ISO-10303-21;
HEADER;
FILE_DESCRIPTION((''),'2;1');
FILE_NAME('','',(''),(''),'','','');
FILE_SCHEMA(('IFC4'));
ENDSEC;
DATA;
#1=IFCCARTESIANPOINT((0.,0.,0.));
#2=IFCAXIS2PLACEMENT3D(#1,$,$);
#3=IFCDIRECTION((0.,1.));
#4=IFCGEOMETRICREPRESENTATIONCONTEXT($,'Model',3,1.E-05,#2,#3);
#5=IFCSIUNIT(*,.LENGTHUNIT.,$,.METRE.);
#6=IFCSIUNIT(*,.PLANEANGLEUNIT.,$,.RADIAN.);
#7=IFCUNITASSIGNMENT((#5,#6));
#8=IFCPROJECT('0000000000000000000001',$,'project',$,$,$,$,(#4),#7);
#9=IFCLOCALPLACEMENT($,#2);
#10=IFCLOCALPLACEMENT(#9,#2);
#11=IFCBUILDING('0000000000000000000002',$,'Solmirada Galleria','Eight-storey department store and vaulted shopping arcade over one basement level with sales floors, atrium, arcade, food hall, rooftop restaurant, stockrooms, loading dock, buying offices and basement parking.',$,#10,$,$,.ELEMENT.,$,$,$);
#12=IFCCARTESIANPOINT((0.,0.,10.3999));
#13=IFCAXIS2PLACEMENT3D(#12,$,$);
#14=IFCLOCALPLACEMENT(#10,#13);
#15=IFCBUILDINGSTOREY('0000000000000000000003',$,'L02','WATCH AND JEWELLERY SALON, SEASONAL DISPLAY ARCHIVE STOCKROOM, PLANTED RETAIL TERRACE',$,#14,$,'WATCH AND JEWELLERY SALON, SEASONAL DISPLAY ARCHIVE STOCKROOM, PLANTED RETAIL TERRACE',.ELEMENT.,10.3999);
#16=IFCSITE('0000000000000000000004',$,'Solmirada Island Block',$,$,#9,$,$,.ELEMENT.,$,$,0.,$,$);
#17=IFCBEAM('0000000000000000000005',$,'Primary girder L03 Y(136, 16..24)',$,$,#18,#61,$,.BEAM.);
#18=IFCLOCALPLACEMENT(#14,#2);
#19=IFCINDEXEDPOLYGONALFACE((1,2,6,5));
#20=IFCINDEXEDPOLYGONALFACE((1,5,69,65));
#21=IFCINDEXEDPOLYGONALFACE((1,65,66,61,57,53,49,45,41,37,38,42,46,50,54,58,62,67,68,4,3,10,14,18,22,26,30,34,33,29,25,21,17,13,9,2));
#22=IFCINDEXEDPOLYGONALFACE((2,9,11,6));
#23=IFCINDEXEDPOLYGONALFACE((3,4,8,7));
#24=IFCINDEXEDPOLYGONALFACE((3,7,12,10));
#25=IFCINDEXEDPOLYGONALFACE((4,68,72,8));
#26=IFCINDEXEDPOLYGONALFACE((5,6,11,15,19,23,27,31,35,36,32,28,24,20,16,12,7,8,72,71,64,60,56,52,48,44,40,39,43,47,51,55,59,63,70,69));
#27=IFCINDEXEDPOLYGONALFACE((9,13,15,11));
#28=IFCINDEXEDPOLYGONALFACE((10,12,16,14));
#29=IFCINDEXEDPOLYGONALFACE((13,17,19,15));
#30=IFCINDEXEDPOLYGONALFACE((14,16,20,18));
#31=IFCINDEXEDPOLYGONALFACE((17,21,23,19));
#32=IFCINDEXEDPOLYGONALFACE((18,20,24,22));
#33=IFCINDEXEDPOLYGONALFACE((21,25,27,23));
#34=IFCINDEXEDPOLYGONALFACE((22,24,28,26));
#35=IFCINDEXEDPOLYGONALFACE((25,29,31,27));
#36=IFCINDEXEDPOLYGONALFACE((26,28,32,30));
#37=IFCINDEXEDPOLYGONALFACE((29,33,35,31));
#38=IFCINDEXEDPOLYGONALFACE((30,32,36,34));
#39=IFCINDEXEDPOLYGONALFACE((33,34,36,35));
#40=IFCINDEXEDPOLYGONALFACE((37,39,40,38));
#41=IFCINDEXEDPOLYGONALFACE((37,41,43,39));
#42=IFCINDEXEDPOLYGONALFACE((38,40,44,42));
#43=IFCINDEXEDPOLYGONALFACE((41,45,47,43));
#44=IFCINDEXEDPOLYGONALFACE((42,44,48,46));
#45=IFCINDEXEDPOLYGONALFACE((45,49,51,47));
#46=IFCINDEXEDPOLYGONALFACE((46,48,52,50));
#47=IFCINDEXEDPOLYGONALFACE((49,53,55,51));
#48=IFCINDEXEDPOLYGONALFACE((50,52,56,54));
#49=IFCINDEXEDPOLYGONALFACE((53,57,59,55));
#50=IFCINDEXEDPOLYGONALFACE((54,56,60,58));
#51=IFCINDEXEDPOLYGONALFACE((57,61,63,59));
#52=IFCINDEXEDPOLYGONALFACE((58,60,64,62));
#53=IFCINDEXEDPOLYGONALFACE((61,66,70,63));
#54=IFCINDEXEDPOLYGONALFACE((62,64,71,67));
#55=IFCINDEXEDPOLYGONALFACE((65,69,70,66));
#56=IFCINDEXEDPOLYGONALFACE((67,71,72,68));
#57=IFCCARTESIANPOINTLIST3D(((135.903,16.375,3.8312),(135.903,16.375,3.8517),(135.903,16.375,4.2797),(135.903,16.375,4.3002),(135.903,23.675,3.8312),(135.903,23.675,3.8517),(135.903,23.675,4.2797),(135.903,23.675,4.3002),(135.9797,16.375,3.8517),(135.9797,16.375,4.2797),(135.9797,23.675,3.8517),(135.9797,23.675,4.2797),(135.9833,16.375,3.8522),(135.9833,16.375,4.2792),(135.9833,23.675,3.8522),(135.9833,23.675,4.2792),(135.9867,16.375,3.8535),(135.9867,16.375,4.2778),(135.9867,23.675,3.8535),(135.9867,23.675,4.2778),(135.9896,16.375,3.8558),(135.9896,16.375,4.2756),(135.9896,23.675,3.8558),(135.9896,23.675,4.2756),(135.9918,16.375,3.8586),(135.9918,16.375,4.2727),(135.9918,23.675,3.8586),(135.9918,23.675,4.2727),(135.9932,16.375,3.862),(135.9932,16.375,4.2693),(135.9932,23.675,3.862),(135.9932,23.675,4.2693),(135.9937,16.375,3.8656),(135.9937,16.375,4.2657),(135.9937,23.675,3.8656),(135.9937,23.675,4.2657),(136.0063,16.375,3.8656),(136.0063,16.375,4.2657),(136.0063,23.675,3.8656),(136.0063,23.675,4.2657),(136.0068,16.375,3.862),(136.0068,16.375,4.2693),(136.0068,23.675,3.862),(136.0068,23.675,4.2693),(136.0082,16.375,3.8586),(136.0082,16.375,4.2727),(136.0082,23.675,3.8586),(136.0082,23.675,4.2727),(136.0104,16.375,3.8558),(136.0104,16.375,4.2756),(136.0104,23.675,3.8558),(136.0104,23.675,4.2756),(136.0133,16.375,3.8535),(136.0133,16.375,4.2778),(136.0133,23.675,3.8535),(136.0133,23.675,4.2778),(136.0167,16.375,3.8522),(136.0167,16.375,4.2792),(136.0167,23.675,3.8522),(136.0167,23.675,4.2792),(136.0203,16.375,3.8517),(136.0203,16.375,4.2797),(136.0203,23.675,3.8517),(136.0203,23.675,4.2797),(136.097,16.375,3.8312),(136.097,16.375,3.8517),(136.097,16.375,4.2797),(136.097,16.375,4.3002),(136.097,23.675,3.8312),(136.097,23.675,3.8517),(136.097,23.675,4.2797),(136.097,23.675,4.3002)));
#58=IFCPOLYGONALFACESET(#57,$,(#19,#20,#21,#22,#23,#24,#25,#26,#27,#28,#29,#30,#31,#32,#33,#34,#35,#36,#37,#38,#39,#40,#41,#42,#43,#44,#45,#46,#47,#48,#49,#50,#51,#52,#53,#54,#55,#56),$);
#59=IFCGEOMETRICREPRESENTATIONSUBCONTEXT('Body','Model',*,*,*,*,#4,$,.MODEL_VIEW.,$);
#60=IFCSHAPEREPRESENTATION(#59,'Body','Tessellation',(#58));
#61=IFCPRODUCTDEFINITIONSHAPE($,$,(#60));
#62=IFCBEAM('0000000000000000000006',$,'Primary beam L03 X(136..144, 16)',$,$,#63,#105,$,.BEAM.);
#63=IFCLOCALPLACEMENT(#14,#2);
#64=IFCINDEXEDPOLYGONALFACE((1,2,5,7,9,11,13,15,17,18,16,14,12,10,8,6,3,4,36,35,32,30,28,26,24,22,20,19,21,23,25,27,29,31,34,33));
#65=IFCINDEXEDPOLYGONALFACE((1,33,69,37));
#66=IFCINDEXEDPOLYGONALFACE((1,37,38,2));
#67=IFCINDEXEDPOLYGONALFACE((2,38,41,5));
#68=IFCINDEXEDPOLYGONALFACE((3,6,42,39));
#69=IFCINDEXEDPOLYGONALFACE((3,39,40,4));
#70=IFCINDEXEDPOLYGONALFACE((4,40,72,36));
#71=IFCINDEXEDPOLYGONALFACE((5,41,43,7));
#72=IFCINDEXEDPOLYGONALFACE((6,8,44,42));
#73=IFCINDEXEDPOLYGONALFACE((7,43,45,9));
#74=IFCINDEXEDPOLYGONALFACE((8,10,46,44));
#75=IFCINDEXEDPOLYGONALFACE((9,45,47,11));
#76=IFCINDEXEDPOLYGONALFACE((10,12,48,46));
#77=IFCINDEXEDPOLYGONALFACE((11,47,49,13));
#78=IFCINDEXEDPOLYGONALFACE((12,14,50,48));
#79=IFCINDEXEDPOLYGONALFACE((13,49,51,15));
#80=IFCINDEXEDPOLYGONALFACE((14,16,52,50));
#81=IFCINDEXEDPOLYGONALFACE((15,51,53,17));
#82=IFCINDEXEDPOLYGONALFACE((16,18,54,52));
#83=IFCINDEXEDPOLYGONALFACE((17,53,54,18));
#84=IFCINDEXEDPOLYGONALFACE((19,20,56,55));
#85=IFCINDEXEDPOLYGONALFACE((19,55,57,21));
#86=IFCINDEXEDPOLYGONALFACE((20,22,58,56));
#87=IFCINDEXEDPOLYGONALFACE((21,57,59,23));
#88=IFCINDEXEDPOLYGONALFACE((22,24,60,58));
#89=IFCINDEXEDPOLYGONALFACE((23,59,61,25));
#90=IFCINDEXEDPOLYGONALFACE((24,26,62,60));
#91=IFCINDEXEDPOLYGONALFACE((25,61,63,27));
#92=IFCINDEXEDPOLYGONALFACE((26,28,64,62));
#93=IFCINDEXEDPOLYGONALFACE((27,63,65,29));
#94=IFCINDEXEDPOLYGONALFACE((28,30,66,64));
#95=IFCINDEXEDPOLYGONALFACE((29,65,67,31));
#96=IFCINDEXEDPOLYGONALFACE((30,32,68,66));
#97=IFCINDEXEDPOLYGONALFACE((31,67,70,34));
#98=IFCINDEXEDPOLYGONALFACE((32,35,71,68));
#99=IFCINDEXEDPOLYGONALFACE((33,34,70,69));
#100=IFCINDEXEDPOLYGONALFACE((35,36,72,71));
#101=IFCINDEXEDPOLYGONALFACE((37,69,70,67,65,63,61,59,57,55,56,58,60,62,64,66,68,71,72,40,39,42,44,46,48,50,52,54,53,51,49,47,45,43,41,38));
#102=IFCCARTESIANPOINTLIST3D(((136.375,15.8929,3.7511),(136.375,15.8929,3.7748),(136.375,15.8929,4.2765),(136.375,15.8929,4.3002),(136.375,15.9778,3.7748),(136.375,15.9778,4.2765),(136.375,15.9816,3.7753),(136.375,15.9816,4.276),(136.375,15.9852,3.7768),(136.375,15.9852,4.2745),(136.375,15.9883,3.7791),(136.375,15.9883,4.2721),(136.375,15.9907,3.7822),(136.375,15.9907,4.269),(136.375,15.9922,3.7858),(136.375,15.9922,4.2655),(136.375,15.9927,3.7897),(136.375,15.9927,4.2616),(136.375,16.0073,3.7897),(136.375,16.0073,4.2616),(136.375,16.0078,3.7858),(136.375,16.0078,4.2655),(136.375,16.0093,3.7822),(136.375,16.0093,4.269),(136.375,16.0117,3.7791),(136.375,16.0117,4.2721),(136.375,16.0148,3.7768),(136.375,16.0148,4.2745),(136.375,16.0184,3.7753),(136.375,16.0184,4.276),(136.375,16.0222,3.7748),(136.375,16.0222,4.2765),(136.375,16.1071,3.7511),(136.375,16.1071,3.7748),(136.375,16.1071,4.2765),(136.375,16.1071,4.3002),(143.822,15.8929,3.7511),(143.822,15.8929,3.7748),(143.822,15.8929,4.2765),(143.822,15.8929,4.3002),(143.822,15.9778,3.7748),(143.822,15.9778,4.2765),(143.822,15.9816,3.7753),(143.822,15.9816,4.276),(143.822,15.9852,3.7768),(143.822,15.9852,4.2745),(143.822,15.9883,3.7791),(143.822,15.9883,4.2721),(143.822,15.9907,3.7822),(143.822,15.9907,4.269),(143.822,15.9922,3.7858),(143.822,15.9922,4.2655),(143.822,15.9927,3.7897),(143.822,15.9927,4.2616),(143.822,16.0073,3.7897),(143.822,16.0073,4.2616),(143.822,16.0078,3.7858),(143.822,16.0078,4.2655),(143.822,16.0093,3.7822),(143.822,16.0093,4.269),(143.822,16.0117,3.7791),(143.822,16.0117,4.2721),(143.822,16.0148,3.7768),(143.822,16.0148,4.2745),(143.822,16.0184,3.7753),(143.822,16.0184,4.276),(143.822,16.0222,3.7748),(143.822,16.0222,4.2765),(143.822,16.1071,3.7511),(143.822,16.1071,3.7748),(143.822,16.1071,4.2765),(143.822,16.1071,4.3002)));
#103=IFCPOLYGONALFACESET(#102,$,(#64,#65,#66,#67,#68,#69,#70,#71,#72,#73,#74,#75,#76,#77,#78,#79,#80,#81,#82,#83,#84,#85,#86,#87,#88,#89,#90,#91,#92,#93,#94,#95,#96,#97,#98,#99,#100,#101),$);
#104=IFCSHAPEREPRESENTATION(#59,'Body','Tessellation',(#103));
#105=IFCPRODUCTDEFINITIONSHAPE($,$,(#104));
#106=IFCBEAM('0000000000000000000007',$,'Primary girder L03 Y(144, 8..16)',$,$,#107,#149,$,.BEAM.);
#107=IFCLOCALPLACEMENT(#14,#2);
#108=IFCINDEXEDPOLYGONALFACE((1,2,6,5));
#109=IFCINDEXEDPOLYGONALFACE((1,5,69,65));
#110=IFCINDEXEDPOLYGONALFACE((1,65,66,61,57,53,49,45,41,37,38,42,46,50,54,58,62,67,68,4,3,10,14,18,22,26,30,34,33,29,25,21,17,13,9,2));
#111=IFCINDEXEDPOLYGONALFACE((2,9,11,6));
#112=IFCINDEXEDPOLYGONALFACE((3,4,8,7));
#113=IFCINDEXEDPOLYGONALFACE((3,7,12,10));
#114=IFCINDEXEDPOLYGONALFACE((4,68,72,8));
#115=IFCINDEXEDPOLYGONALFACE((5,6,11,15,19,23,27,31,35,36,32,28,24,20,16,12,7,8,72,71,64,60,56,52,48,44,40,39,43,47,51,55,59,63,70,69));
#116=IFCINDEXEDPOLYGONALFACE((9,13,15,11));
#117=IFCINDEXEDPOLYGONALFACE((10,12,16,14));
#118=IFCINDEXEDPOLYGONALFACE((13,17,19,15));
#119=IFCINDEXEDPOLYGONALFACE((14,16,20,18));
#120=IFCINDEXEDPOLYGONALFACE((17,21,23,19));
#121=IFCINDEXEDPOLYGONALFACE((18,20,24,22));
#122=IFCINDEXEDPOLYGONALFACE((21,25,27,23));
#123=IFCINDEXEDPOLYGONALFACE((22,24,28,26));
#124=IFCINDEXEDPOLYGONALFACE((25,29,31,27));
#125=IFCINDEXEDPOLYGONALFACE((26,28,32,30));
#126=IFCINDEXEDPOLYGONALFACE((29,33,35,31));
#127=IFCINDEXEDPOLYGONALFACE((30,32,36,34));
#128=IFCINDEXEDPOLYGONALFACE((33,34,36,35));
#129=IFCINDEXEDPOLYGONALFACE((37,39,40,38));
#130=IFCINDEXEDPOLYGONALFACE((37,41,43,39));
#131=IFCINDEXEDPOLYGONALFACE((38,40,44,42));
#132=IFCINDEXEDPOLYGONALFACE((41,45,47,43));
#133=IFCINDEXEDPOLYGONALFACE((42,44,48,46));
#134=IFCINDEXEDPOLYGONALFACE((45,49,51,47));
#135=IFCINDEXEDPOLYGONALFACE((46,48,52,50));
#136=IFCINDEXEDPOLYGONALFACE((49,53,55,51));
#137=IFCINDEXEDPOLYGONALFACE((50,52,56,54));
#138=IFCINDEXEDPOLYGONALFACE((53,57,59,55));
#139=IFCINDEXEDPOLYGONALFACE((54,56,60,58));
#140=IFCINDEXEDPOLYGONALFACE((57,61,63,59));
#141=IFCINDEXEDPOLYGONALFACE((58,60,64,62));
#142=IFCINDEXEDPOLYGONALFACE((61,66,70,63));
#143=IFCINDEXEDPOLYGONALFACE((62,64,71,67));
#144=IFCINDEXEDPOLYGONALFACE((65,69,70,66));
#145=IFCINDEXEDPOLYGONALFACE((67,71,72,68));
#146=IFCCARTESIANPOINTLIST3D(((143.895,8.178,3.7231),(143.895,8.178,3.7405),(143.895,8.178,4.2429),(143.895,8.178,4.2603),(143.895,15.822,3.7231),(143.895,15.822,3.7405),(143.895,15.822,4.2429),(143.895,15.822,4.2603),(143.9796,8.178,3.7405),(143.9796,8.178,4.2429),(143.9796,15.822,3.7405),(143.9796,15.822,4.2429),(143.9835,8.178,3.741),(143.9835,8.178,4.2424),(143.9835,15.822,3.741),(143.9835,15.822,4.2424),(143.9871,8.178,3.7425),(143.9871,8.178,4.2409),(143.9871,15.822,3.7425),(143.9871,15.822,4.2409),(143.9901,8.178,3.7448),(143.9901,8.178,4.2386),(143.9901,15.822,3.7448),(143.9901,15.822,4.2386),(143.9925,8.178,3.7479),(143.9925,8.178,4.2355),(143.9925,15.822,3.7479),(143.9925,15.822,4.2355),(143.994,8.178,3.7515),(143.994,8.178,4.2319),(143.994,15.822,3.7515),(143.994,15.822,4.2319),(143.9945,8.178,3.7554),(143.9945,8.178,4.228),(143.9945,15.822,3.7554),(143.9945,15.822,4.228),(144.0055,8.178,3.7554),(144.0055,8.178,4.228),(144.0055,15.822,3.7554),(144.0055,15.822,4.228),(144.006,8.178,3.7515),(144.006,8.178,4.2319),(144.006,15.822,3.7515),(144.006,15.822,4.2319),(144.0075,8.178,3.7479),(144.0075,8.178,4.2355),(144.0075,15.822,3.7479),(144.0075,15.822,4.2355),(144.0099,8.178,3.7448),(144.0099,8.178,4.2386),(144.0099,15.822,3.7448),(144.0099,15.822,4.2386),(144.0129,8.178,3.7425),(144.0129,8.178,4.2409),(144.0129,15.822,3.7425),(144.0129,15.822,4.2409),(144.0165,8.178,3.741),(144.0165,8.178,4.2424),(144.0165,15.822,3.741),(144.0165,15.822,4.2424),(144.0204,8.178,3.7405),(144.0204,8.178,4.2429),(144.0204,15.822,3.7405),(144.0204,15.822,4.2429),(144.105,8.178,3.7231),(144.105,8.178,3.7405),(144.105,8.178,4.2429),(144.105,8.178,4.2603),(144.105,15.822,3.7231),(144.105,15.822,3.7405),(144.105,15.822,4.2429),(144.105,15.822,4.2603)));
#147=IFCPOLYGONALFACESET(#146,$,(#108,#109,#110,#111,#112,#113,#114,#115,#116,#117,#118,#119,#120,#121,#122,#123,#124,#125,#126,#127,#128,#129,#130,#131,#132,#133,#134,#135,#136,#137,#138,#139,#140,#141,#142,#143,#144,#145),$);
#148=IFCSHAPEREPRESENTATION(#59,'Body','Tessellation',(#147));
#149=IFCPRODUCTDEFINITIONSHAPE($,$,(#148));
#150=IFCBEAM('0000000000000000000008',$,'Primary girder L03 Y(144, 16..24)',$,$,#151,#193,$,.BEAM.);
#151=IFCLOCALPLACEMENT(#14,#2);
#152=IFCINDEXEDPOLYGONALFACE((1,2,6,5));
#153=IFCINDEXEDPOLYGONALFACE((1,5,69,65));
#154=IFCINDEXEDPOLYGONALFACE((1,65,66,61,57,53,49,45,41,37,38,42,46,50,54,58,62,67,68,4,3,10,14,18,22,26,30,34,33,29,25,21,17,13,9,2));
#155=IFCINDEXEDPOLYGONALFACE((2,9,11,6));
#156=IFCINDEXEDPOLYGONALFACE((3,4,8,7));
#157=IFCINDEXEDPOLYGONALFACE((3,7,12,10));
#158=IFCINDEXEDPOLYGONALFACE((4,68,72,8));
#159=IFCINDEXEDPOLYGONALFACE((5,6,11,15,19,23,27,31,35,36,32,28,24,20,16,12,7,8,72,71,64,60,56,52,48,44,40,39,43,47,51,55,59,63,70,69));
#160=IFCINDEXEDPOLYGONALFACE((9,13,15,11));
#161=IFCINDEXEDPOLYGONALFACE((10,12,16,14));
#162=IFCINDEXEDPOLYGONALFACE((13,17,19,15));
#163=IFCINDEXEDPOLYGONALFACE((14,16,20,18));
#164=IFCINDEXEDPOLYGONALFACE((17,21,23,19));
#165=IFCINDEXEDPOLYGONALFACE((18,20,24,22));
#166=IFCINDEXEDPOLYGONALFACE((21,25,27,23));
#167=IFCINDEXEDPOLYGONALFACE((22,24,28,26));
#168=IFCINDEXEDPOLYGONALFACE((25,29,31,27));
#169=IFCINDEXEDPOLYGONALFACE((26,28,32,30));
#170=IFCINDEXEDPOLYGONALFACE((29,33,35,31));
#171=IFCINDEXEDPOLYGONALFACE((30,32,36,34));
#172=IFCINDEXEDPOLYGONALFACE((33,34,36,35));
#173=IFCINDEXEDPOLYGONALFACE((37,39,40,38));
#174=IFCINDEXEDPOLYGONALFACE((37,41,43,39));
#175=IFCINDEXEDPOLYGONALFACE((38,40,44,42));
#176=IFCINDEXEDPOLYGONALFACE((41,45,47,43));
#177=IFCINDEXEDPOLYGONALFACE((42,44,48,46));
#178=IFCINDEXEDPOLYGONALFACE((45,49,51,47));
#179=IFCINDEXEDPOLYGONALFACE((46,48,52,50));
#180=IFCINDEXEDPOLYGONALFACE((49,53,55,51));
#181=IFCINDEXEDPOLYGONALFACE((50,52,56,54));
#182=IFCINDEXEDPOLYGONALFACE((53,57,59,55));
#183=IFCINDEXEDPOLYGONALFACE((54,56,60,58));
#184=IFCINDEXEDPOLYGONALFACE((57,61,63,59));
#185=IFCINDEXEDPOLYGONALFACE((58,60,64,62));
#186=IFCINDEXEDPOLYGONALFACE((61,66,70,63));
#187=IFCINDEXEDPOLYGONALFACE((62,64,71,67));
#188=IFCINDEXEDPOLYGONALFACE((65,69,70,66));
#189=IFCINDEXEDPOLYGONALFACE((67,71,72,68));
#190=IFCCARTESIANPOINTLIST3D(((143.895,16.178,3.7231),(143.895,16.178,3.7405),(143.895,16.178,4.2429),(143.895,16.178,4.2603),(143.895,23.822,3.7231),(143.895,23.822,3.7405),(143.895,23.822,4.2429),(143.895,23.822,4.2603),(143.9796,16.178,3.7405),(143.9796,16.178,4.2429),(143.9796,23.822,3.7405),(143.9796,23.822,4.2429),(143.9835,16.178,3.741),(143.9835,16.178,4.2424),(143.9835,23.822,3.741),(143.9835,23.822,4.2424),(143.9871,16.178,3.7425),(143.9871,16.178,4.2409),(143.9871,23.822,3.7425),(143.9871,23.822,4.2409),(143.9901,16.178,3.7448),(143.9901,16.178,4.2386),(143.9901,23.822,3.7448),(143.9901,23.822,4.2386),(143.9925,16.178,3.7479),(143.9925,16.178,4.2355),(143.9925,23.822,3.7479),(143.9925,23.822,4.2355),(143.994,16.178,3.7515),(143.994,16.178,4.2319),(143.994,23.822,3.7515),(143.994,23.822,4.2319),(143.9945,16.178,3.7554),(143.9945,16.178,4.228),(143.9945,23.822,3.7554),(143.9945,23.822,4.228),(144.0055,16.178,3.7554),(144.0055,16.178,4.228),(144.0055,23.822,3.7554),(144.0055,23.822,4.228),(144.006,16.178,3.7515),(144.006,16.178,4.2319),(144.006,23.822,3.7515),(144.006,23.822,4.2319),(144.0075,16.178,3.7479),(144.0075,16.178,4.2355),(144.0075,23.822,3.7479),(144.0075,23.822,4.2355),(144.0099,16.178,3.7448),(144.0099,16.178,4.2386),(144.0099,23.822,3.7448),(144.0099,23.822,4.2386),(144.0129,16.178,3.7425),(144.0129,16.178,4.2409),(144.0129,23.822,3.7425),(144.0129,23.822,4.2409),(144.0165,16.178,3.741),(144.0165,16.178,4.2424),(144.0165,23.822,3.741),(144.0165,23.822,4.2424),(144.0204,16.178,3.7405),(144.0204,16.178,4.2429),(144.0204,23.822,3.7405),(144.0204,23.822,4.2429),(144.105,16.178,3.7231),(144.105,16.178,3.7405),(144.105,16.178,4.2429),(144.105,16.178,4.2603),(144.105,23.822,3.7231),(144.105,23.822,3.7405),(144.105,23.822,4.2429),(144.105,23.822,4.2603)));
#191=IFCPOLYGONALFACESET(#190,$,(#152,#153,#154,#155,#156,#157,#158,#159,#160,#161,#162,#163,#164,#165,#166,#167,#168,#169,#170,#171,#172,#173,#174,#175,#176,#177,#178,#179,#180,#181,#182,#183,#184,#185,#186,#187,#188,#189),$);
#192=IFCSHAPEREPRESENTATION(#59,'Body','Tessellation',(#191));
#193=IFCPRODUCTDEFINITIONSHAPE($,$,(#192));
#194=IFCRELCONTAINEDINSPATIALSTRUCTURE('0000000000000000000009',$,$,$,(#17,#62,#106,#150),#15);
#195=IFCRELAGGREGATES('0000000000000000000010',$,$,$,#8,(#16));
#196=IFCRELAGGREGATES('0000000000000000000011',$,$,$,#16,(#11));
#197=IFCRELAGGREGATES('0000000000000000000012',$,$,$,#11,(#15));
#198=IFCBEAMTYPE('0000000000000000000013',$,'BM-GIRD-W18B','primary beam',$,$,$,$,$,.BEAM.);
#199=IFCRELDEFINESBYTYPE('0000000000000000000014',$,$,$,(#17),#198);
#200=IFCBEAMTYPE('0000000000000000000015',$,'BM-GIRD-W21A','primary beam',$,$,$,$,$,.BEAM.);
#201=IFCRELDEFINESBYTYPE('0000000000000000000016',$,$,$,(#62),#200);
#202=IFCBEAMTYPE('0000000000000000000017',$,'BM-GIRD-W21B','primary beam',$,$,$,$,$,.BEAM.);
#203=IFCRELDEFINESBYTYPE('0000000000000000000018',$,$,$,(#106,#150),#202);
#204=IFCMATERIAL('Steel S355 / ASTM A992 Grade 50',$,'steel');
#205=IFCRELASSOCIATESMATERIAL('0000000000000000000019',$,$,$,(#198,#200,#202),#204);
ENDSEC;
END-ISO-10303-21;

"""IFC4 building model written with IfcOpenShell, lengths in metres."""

from ifc_helpers import new_model, si_unit, direction, frame, origin, origin_2d, place, context, subcontext, project, spatial, i_section, extrude, material, material_profile, profile_set, type_object, element, save


model = new_model("IFC4")

# Units and contexts
model_context = context("Model", 3, precision=1e-05, world=origin(), true_north=direction((0.0, 1.0)))
body_context = subcontext(model_context, "Body", "Model", "MODEL_VIEW")
ifc_project = project(units=[si_unit("LENGTHUNIT", "METRE"), si_unit("PLANEANGLEUNIT", "RADIAN")], contexts=[model_context])

# Site, building, storey
site_placement = place(None, origin())
site = spatial("IfcSite", under=ifc_project, at=site_placement, Name="Solmirada Island Block", CompositionType="ELEMENT", RefElevation=0.0)
building_placement = place(site_placement, origin())
building = spatial("IfcBuilding", under=site, at=building_placement, Name="Solmirada Galleria", Description="Eight-storey department store and vaulted shopping arcade over one basement level with sales floors, atrium, arcade, food hall, rooftop restaurant, stockrooms, loading dock, buying offices and basement parking.", CompositionType="ELEMENT")
storey_placement = place(building_placement, frame((0.0, 0.0, 10.3999)))
storey = spatial("IfcBuildingStorey", under=building, at=storey_placement, Name="L02", Description="WATCH AND JEWELLERY SALON, SEASONAL DISPLAY ARCHIVE STOCKROOM, PLANTED RETAIL TERRACE", LongName="WATCH AND JEWELLERY SALON, SEASONAL DISPLAY ARCHIVE STOCKROOM, PLANTED RETAIL TERRACE", CompositionType="ELEMENT", Elevation=10.3999)

# Beams
ifc_material_1 = material(Name="Steel S355 / ASTM A992 Grade 50", Category="steel")
ifc_material_profile_1 = material_profile(ifc_material_1, i_section(OverallWidth=0.1941, OverallDepth=0.469, WebThickness=0.0127, FlangeThickness=0.0205, FilletRadius=0.0139, at=origin_2d()), Name="W18X71")
ifc_profile_set_1 = profile_set([ifc_material_profile_1], Name="Steel S355 / ASTM A992 Grade 50")
beam_type_1 = type_object("IfcBeamType", Name="BM-GIRD-W18B", Description="primary beam", PredefinedType="BEAM", material=ifc_profile_set_1)
beam_1_placement = place(storey_placement, frame((136.0, 16.375, 4.0657), z_axis=(0.0, 1.0, 0.0), x_axis=(-1.0, 0.0, 0.0)))
element("IfcBeam", 1, at=beam_1_placement, inside=storey, type_object=beam_type_1, Name="Primary girder L03 Y(136, 16..24)", PredefinedType="BEAM", context=body_context, shape_type="SweptSolid", body=[
    extrude(i_section(OverallWidth=0.1941, OverallDepth=0.469, WebThickness=0.0127, FlangeThickness=0.0205, FilletRadius=0.0139, at=origin_2d()), origin(), (0.0, 0.0, 1.0), 7.3),
])
ifc_material_profile_2 = material_profile(ifc_material_1, i_section(OverallWidth=0.2141, OverallDepth=0.5491, WebThickness=0.0146, FlangeThickness=0.0237, FilletRadius=0.0149, at=origin_2d()), Name="W21X93")
ifc_profile_set_2 = profile_set([ifc_material_profile_2], Name="Steel S355 / ASTM A992 Grade 50")
beam_type_2 = type_object("IfcBeamType", Name="BM-GIRD-W21A", Description="primary beam", PredefinedType="BEAM", material=ifc_profile_set_2)
beam_2_placement = place(storey_placement, frame((136.375, 16.0, 4.0256), z_axis=(1.0, 0.0, 0.0), x_axis=(0.0, 1.0, 0.0)))
element("IfcBeam", 2, at=beam_2_placement, inside=storey, type_object=beam_type_2, Name="Primary beam L03 X(136..144, 16)", PredefinedType="BEAM", context=body_context, shape_type="SweptSolid", body=[
    extrude(i_section(OverallWidth=0.2141, OverallDepth=0.5491, WebThickness=0.0146, FlangeThickness=0.0237, FilletRadius=0.0149, at=origin_2d()), origin(), (0.0, 0.0, 1.0), 7.447),
])
ifc_material_profile_3 = material_profile(ifc_material_1, i_section(OverallWidth=0.21, OverallDepth=0.5371, WebThickness=0.011, FlangeThickness=0.0173, FilletRadius=0.0149, at=origin_2d()), Name="W21X68")
ifc_profile_set_3 = profile_set([ifc_material_profile_3], Name="Steel S355 / ASTM A992 Grade 50")
beam_type_3 = type_object("IfcBeamType", Name="BM-GIRD-W21B", Description="primary beam", PredefinedType="BEAM", material=ifc_profile_set_3)
for number, where, z_axis, x_axis, name in (
    (3, (144.0, 8.178, 3.9917), (0.0, 1.0, 0.0), (-1.0, 0.0, 0.0), "Primary girder L03 Y(144, 8..16)"),
    (4, (144.0, 16.178, 3.9917), (0.0, 1.0, 0.0), (-1.0, 0.0, 0.0), "Primary girder L03 Y(144, 16..24)"),
):
    element("IfcBeam", number, at=place(storey_placement, frame(where, z_axis=z_axis, x_axis=x_axis)), inside=storey, type_object=beam_type_3, Name=name, PredefinedType="BEAM", context=body_context, shape_type="SweptSolid", body=[
        extrude(i_section(OverallWidth=0.21, OverallDepth=0.5371, WebThickness=0.011, FlangeThickness=0.0173, FilletRadius=0.0149, at=origin_2d()), origin(), (0.0, 0.0, 1.0), 7.644),
    ])

save(model, "model.ifc")
